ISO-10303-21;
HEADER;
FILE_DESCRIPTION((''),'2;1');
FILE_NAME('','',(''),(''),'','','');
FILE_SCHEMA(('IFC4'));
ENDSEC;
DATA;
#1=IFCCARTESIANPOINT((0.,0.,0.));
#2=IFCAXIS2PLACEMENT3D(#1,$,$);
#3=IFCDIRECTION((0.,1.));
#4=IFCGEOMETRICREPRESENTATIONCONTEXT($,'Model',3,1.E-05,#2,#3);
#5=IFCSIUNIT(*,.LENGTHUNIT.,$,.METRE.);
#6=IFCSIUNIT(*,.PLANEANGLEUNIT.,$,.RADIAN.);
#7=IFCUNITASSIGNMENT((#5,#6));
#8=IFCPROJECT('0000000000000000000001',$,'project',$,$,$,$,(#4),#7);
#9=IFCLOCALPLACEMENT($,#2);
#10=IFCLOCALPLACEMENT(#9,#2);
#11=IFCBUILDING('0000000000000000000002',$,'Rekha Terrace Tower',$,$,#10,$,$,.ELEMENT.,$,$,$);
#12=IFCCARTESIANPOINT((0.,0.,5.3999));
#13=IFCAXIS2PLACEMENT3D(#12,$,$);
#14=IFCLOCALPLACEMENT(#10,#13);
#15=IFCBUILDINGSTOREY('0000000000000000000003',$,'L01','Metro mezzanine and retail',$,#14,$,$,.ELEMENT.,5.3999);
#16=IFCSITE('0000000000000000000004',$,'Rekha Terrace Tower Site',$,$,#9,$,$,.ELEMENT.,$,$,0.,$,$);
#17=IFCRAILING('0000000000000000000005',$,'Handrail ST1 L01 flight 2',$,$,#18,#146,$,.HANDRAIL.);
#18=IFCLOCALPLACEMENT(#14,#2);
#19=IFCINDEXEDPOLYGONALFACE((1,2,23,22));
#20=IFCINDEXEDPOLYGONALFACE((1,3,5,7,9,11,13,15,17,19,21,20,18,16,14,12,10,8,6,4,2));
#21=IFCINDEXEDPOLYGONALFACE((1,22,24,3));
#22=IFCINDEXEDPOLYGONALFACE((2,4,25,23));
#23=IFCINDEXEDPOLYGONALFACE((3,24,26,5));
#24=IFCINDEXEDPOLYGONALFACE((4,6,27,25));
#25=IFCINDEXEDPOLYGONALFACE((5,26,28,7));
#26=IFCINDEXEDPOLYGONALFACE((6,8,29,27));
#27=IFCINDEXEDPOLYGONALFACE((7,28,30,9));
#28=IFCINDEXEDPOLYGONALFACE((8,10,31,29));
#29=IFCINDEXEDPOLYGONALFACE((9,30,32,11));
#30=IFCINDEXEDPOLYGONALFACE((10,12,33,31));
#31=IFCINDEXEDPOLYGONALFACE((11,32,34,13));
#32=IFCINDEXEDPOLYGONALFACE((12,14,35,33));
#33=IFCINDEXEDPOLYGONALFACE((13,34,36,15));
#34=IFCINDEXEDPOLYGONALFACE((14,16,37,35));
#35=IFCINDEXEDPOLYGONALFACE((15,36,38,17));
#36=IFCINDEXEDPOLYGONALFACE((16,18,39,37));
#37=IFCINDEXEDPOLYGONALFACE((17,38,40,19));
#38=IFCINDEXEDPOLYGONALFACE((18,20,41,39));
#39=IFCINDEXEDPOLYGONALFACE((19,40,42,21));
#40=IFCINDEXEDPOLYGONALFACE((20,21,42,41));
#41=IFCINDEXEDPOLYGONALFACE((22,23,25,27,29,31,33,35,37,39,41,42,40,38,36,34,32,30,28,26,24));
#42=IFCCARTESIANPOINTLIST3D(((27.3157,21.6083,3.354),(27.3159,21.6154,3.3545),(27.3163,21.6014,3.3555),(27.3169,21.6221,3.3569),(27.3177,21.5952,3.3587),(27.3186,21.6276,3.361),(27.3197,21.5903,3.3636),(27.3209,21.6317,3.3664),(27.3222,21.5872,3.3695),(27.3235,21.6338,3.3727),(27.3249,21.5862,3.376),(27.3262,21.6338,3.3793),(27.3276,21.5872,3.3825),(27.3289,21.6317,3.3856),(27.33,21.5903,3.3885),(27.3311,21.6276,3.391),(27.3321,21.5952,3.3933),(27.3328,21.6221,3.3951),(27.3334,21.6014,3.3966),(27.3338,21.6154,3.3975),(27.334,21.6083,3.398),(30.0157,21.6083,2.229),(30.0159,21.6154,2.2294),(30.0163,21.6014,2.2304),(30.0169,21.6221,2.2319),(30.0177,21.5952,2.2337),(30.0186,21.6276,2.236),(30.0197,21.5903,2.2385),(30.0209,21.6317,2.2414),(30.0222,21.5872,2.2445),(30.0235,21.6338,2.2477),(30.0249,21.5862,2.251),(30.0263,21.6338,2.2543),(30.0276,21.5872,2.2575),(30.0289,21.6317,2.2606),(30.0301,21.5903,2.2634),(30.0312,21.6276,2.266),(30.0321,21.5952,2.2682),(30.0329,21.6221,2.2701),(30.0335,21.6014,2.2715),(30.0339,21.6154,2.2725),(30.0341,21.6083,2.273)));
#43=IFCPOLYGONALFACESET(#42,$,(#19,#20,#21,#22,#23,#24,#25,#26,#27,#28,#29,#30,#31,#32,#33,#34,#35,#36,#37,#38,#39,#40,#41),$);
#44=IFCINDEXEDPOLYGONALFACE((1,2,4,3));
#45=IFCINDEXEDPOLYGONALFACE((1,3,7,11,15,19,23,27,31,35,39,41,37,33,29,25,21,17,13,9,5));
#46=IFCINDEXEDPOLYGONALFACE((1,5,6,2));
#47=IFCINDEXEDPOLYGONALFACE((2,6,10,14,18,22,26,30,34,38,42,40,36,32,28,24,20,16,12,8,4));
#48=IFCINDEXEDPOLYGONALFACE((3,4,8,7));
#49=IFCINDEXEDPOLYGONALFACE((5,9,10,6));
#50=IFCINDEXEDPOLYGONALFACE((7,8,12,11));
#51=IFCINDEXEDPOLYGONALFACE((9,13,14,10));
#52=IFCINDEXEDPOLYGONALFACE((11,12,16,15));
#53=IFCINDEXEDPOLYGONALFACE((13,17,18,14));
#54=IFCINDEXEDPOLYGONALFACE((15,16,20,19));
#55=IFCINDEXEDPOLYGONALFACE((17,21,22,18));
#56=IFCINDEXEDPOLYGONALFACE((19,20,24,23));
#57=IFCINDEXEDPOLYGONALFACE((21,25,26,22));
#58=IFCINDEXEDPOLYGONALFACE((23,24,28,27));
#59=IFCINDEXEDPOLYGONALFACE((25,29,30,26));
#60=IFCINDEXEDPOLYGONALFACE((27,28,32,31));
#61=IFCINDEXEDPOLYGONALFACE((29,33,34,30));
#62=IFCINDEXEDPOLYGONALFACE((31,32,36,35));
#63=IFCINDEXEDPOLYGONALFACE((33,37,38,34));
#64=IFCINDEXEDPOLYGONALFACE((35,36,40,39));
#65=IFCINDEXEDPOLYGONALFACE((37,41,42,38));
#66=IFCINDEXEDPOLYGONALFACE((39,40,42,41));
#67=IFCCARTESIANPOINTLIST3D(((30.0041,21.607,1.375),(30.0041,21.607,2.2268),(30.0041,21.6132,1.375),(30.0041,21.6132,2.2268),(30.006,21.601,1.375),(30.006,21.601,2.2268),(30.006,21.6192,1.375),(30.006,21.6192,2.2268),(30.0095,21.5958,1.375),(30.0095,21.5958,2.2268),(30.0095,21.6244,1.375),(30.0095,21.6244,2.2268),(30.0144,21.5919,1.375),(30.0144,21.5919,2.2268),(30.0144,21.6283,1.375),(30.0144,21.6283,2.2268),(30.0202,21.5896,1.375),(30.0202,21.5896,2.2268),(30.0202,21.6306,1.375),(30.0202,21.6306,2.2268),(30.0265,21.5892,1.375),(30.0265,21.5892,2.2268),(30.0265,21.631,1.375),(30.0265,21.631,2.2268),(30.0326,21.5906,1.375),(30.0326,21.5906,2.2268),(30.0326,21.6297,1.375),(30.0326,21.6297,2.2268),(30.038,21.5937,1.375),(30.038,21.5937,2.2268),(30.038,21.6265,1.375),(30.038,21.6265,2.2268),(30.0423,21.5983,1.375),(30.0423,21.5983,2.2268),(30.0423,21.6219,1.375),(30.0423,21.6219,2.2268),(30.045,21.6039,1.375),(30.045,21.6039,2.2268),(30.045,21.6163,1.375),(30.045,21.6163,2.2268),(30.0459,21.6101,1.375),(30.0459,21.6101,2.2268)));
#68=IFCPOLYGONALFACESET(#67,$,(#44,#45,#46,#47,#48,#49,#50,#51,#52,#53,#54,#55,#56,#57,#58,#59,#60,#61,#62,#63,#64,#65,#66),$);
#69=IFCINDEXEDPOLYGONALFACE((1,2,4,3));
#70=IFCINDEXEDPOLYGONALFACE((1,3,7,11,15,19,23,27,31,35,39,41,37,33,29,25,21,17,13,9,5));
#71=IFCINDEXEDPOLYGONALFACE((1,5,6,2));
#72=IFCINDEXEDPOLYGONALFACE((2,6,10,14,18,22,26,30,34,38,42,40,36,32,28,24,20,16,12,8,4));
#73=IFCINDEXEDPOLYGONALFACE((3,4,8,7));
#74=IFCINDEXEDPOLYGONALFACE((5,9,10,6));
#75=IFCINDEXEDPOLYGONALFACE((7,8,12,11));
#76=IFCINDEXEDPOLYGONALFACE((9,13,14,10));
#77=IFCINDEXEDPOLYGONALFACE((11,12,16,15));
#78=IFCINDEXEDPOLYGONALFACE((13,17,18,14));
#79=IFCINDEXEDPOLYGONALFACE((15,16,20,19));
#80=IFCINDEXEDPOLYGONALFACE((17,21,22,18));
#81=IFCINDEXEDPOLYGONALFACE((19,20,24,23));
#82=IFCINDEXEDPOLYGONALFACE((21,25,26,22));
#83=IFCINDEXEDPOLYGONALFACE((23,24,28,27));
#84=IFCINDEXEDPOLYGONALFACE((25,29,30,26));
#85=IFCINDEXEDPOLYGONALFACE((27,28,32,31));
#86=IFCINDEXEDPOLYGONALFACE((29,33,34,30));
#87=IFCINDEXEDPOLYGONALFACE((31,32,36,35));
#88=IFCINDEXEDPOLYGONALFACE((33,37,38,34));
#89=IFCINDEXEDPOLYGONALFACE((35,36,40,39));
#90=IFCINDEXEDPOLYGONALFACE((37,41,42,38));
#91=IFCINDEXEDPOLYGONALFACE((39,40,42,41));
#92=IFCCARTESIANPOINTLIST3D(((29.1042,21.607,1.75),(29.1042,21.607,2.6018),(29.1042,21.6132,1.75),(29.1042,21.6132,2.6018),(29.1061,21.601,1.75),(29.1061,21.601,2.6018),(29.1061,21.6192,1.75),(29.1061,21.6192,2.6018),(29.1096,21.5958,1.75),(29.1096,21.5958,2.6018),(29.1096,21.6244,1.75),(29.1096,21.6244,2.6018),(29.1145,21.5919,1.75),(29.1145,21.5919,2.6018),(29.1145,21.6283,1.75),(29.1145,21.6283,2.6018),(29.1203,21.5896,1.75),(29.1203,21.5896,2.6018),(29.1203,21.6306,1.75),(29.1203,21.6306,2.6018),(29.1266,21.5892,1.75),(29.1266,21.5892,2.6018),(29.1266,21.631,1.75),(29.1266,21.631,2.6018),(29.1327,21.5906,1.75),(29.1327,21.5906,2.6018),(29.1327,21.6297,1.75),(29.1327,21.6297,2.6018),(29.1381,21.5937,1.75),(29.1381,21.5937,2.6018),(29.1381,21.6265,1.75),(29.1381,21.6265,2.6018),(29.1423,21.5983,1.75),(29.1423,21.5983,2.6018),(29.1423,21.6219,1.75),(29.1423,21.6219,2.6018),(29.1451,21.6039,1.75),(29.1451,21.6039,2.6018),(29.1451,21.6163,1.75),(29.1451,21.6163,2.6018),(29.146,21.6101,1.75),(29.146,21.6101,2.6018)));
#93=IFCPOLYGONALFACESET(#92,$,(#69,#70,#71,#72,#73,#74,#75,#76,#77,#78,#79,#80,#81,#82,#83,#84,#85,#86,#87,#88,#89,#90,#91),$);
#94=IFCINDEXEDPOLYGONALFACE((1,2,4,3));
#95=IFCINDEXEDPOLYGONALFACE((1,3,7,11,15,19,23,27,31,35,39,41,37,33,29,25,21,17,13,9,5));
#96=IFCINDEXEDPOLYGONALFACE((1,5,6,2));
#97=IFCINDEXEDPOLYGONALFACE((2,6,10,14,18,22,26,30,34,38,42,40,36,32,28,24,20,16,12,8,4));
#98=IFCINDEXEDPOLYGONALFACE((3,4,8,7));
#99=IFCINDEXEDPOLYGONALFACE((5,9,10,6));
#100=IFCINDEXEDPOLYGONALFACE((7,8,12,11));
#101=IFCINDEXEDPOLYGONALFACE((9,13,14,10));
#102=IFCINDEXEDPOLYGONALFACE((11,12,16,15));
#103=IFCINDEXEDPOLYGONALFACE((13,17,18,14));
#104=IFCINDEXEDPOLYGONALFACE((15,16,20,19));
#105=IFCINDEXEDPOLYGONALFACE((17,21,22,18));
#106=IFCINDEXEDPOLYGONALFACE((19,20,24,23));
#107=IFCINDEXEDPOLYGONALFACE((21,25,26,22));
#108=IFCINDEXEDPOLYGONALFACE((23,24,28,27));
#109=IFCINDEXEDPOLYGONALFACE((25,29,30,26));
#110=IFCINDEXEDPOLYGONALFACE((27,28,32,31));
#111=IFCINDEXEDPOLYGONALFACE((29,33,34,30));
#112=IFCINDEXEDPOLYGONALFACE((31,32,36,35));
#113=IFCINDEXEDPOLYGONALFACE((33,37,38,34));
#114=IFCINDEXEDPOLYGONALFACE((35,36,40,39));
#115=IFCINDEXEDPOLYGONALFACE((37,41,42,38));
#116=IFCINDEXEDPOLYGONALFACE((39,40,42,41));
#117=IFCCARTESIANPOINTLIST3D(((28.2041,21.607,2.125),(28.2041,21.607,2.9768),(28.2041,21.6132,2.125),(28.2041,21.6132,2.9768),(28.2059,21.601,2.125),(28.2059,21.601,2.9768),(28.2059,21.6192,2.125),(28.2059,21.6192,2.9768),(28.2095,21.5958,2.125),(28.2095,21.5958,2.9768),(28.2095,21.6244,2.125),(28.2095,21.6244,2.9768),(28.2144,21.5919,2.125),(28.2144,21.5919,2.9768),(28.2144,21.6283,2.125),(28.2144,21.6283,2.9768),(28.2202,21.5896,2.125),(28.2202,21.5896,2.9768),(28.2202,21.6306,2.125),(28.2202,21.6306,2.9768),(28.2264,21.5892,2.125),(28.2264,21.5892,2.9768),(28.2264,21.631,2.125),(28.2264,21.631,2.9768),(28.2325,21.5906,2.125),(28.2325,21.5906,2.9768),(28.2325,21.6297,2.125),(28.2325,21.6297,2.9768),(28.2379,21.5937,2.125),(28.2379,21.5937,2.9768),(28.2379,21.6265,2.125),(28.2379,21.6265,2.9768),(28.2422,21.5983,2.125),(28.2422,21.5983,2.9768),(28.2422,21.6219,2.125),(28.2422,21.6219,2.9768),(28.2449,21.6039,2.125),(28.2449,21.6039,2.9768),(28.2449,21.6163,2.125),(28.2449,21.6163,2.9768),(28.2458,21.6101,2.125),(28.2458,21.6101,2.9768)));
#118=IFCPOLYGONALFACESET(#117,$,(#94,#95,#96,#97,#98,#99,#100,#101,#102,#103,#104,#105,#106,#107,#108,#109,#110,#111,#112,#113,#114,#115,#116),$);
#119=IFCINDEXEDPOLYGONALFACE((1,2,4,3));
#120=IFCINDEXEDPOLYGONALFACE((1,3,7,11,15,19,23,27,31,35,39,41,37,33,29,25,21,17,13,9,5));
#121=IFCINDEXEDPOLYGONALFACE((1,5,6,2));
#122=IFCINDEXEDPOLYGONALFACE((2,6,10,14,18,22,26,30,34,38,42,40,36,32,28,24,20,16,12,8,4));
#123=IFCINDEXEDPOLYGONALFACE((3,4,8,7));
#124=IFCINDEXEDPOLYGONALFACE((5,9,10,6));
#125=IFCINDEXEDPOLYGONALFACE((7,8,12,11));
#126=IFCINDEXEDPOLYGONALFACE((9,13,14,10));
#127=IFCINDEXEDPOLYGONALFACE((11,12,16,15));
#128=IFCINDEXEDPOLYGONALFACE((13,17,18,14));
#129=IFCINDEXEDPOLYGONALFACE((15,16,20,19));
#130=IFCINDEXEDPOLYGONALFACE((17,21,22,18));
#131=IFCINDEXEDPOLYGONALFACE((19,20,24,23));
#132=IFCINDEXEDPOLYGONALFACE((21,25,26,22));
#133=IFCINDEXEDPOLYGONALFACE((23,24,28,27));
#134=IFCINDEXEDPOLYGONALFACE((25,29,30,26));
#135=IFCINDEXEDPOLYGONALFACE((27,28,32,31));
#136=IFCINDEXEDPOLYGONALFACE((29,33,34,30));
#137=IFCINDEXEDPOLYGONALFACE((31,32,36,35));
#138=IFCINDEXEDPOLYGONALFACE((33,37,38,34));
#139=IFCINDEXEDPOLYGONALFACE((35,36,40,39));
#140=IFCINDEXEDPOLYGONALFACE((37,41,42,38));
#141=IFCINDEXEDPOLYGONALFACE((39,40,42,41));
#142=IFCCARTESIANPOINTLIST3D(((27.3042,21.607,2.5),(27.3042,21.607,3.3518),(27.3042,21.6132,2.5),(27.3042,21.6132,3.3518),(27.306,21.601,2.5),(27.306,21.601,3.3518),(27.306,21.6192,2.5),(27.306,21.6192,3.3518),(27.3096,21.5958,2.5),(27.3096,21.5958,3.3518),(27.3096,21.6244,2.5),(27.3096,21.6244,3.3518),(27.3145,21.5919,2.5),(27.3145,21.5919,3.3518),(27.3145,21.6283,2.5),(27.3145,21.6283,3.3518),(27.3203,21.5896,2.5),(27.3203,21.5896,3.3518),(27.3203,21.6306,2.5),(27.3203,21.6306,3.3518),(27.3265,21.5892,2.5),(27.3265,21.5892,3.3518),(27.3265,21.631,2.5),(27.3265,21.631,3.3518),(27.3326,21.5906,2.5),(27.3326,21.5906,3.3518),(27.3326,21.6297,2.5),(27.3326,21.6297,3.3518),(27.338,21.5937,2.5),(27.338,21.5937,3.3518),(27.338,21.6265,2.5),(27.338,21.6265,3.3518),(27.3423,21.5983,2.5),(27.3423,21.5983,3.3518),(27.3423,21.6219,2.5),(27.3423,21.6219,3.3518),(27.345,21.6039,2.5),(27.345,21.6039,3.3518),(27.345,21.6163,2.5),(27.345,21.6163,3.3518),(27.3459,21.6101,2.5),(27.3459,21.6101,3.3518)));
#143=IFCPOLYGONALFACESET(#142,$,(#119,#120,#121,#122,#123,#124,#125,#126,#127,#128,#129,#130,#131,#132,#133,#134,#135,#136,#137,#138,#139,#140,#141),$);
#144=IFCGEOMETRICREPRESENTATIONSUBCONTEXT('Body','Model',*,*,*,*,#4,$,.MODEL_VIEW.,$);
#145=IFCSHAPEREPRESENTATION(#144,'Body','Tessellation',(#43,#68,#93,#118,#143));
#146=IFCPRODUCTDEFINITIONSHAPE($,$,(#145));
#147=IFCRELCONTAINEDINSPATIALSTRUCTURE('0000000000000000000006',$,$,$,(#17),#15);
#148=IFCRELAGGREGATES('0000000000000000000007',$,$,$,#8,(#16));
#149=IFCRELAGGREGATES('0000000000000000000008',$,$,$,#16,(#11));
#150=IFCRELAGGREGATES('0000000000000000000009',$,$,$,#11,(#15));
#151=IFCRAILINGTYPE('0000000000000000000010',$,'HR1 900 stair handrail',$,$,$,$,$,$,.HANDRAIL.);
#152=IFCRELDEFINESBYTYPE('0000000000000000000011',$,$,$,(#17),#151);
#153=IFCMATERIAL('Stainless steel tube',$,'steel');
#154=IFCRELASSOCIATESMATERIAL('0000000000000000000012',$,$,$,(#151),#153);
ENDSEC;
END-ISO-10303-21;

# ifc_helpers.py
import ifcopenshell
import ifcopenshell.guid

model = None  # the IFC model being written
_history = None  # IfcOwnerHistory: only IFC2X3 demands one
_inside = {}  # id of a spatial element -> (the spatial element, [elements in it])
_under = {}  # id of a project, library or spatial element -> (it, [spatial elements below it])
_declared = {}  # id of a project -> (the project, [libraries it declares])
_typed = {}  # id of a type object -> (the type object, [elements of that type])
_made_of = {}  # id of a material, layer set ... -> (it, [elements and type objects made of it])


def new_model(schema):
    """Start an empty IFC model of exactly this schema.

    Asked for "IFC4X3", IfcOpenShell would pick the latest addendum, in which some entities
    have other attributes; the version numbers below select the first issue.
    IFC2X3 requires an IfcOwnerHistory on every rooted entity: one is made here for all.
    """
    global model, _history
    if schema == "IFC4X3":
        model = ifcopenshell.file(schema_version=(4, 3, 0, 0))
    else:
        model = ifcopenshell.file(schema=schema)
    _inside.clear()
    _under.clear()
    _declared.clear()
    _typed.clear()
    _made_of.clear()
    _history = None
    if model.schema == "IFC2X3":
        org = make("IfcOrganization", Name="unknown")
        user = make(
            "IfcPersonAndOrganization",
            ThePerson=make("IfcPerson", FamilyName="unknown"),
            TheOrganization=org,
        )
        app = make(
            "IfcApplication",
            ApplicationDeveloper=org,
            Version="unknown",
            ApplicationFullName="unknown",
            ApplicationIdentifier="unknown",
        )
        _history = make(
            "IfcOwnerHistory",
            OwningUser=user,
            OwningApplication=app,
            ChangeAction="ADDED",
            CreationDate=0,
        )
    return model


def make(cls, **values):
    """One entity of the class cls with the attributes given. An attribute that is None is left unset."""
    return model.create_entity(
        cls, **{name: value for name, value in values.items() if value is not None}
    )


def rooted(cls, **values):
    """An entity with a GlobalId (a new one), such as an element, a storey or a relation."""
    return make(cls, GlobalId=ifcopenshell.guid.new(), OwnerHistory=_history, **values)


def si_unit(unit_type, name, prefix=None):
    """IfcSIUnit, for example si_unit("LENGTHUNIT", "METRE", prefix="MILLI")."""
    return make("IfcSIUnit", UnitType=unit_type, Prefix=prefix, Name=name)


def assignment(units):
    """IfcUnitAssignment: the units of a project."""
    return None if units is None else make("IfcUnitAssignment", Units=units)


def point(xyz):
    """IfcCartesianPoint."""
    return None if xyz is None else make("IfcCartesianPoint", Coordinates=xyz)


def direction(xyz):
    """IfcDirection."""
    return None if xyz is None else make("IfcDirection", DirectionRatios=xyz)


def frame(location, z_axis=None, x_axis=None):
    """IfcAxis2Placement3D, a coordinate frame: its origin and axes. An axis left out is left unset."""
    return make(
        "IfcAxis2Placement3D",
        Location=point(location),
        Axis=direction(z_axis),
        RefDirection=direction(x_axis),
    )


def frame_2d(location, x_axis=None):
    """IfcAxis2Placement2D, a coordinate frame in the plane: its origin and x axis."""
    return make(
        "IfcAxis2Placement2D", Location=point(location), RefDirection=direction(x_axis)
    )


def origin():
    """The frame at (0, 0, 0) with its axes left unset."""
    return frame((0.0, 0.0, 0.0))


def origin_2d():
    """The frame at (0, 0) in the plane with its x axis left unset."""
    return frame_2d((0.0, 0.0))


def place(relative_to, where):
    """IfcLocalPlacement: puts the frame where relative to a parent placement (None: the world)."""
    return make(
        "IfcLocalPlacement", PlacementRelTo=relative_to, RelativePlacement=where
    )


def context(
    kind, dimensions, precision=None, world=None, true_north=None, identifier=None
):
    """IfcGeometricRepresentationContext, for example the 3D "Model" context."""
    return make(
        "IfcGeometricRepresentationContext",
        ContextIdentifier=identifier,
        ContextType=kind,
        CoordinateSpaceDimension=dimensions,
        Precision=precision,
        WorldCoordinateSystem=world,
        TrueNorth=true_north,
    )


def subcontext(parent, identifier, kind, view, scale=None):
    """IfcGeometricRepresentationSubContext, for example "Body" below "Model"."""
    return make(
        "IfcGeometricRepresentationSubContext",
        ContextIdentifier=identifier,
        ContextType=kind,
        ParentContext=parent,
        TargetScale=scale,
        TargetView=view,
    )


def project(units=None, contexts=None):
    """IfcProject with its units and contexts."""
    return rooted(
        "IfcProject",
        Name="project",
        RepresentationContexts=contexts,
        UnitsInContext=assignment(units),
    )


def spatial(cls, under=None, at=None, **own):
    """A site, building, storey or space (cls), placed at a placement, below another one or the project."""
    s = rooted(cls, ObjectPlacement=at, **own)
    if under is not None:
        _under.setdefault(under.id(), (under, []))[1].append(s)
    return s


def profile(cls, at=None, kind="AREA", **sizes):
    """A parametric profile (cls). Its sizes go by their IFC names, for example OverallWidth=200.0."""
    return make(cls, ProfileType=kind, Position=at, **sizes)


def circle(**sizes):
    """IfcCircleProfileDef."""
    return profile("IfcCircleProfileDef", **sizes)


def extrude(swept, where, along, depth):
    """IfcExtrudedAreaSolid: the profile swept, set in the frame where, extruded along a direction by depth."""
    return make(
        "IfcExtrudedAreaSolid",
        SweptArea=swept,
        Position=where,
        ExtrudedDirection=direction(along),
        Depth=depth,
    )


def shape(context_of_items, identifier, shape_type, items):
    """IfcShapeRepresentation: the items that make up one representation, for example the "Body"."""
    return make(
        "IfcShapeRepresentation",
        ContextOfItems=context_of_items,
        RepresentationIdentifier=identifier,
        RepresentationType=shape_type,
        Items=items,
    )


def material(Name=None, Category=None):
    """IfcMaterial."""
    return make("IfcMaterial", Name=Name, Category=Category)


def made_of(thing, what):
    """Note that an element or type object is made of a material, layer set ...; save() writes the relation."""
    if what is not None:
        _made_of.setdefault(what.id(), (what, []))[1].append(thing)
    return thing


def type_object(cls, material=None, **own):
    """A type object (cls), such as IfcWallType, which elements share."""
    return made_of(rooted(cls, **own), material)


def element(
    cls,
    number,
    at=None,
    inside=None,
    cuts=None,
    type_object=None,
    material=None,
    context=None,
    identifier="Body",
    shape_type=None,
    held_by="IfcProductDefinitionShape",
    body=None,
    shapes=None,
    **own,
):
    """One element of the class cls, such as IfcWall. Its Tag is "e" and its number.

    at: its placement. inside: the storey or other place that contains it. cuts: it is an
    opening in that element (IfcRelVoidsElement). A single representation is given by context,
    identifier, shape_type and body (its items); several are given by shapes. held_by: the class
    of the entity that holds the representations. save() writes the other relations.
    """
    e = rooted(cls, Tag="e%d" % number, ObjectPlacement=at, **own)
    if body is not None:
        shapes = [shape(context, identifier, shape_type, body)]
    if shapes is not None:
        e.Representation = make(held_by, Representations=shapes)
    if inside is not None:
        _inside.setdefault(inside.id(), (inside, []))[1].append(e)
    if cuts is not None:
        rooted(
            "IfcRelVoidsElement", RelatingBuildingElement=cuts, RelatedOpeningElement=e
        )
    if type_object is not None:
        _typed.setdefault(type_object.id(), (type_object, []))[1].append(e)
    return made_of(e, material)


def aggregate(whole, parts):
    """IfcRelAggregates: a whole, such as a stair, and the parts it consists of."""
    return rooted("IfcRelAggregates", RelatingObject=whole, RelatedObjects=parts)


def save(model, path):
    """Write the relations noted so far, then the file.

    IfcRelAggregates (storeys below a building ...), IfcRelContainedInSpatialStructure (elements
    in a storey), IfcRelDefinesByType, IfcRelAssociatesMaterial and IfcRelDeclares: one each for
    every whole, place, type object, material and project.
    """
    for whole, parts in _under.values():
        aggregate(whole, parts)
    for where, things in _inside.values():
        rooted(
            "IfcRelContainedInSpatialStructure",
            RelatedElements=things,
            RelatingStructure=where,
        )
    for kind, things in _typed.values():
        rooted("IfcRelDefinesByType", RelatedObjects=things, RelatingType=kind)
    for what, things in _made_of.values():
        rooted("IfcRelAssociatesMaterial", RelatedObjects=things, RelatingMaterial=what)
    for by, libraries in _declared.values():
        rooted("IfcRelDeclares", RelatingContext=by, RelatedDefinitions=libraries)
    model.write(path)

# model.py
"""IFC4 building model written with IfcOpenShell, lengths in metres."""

from ifc_helpers import new_model, si_unit, direction, frame, origin, origin_2d, place, context, subcontext, project, spatial, circle, extrude, material, type_object, element, save


model = new_model("IFC4")

# Units and contexts
model_context = context("Model", 3, precision=1e-05, world=origin(), true_north=direction((0.0, 1.0)))
body_context = subcontext(model_context, "Body", "Model", "MODEL_VIEW")
ifc_project = project(units=[si_unit("LENGTHUNIT", "METRE"), si_unit("PLANEANGLEUNIT", "RADIAN")], contexts=[model_context])

# Site, building, storey
site_placement = place(None, origin())
site = spatial("IfcSite", under=ifc_project, at=site_placement, Name="Rekha Terrace Tower Site", CompositionType="ELEMENT", RefElevation=0.0)
building_placement = place(site_placement, origin())
building = spatial("IfcBuilding", under=site, at=building_placement, Name="Rekha Terrace Tower", CompositionType="ELEMENT")
storey_placement = place(building_placement, frame((0.0, 0.0, 5.3999)))
storey = spatial("IfcBuildingStorey", under=building, at=storey_placement, Name="L01", Description="Metro mezzanine and retail", CompositionType="ELEMENT", Elevation=5.3999)

# Railing
ifc_material_1 = material(Name="Stainless steel tube", Category="steel")
railing_type_1 = type_object("IfcRailingType", Name="HR1 900 stair handrail", PredefinedType="HANDRAIL", material=ifc_material_1)
railing_1_placement = place(storey_placement, frame((30.0249, 21.6101, 1.375)))
element("IfcRailing", 1, at=railing_1_placement, inside=storey, type_object=railing_type_1, Name="Handrail ST1 L01 flight 2", PredefinedType="HANDRAIL", context=body_context, shape_type="SweptSolid", body=[
    extrude(circle(Radius=0.0239, at=origin_2d()), frame((0.0, 0.0, 0.876), z_axis=(-0.923074, 0.0, 0.384621), x_axis=(0.0, -1.0, 0.0)), (0.0, 0.0, 1.0), 2.925),
    extrude(circle(Radius=0.021, at=origin_2d()), origin(), (0.0, 0.0, 1.0), 0.8518),
    extrude(circle(Radius=0.021, at=origin_2d()), frame((-0.8999, 0.0, 0.375)), (0.0, 0.0, 1.0), 0.8518),
    extrude(circle(Radius=0.021, at=origin_2d()), frame((-1.8, 0.0, 0.75)), (0.0, 0.0, 1.0), 0.8518),
    extrude(circle(Radius=0.021, at=origin_2d()), frame((-2.7, 0.0, 1.125)), (0.0, 0.0, 1.0), 0.8518),
])

save(model, "model.ifc")
